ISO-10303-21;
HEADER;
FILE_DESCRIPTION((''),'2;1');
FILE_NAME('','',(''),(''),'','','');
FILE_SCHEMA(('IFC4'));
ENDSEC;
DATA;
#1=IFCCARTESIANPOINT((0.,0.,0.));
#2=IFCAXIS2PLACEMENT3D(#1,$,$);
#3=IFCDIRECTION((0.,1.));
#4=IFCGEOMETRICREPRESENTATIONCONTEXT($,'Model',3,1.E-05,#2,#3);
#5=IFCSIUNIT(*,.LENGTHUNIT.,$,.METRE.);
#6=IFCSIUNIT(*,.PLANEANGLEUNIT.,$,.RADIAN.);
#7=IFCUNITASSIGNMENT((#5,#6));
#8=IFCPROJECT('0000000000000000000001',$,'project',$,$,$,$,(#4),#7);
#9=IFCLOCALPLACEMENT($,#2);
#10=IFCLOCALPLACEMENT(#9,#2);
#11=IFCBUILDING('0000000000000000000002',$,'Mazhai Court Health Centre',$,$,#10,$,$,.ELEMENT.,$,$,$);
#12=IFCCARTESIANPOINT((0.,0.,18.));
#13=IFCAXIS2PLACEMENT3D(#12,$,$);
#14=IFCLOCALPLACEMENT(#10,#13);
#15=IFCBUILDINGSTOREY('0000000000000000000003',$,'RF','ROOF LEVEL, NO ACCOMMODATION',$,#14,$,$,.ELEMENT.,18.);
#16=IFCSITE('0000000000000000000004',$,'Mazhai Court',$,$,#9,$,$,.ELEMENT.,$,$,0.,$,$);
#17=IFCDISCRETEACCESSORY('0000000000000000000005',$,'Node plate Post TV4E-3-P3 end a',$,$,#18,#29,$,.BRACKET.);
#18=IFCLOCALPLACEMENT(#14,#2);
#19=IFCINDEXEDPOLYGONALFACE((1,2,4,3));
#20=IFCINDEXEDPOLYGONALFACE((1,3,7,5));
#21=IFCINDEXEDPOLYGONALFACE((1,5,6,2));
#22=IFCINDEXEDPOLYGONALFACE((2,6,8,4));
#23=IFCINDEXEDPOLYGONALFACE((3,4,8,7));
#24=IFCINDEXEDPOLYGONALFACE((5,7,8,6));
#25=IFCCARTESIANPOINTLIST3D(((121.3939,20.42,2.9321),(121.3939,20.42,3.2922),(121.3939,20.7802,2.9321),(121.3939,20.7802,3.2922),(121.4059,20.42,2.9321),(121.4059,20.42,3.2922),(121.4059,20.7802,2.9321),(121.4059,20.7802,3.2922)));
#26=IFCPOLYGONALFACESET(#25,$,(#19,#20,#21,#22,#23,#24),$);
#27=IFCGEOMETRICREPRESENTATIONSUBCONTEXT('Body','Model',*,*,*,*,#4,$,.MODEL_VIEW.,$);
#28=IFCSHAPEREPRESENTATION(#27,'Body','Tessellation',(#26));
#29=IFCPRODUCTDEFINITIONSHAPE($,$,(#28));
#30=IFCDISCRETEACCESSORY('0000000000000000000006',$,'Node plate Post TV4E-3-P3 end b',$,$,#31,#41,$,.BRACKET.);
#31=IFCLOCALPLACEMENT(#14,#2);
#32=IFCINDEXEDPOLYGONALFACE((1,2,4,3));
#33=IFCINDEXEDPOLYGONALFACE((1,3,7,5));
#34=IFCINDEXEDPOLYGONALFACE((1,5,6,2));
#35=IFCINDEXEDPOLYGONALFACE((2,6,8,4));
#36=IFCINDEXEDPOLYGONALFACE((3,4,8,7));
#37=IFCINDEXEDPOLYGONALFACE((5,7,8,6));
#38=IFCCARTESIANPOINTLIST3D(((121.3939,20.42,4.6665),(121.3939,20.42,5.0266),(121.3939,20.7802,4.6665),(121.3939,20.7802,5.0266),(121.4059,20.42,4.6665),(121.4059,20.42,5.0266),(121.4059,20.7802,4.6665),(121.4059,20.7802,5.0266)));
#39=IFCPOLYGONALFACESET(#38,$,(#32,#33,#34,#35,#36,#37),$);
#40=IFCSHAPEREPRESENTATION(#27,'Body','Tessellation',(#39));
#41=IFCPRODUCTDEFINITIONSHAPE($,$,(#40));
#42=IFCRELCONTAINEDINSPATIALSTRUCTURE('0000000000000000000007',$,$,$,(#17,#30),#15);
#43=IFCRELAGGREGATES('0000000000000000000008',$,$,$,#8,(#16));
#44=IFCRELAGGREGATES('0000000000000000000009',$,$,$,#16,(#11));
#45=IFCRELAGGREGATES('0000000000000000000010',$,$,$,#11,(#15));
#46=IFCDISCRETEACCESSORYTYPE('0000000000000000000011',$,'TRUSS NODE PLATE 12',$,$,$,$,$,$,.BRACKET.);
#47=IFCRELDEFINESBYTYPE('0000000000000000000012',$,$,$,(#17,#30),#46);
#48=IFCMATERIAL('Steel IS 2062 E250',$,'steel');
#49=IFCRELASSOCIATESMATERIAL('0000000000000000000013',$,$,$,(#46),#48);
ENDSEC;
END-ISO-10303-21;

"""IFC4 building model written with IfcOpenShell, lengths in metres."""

from ifc_helpers import new_model, si_unit, direction, frame, origin, origin_2d, place, context, subcontext, project, spatial, rectangle, extrude, material, type_object, element, save


model = new_model("IFC4")

# Units and contexts
model_context = context("Model", 3, precision=1e-05, world=origin(), true_north=direction((0.0, 1.0)))
body_context = subcontext(model_context, "Body", "Model", "MODEL_VIEW")
ifc_project = project(units=[si_unit("LENGTHUNIT", "METRE"), si_unit("PLANEANGLEUNIT", "RADIAN")], contexts=[model_context])

# Site, building, storey
site_placement = place(None, origin())
site = spatial("IfcSite", under=ifc_project, at=site_placement, Name="Mazhai Court", CompositionType="ELEMENT", RefElevation=0.0)
building_placement = place(site_placement, origin())
building = spatial("IfcBuilding", under=site, at=building_placement, Name="Mazhai Court Health Centre", CompositionType="ELEMENT")
storey_placement = place(building_placement, frame((0.0, 0.0, 18.0)))
storey = spatial("IfcBuildingStorey", under=building, at=storey_placement, Name="RF", Description="ROOF LEVEL, NO ACCOMMODATION", CompositionType="ELEMENT", Elevation=18.0)

# Discrete accessories
ifc_material_1 = material(Name="Steel IS 2062 E250", Category="steel")
discrete_accessory_type = type_object("IfcDiscreteAccessoryType", Name="TRUSS NODE PLATE 12", PredefinedType="BRACKET", material=ifc_material_1)
for number, where, z_axis, x_axis, name in (
    (1, (121.3999, 20.6001, 2.9321), (0.0, 0.0, 1.0), (1.0, 0.0, 0.0), "Node plate Post TV4E-3-P3 end a"),
    (2, (121.3999, 20.6001, 4.6665), (0.0, 0.0, 1.0), (1.0, 0.0, 0.0), "Node plate Post TV4E-3-P3 end b"),
):
    element("IfcDiscreteAccessory", number, at=place(storey_placement, frame(where, z_axis=z_axis, x_axis=x_axis)), inside=storey, type_object=discrete_accessory_type, Name=name, PredefinedType="BRACKET", context=body_context, shape_type="SweptSolid", body=[
        extrude(rectangle(XDim=0.012, YDim=0.3601, at=origin_2d()), origin(), (0.0, 0.0, 1.0), 0.3601),
    ])

save(model, "model.ifc")
